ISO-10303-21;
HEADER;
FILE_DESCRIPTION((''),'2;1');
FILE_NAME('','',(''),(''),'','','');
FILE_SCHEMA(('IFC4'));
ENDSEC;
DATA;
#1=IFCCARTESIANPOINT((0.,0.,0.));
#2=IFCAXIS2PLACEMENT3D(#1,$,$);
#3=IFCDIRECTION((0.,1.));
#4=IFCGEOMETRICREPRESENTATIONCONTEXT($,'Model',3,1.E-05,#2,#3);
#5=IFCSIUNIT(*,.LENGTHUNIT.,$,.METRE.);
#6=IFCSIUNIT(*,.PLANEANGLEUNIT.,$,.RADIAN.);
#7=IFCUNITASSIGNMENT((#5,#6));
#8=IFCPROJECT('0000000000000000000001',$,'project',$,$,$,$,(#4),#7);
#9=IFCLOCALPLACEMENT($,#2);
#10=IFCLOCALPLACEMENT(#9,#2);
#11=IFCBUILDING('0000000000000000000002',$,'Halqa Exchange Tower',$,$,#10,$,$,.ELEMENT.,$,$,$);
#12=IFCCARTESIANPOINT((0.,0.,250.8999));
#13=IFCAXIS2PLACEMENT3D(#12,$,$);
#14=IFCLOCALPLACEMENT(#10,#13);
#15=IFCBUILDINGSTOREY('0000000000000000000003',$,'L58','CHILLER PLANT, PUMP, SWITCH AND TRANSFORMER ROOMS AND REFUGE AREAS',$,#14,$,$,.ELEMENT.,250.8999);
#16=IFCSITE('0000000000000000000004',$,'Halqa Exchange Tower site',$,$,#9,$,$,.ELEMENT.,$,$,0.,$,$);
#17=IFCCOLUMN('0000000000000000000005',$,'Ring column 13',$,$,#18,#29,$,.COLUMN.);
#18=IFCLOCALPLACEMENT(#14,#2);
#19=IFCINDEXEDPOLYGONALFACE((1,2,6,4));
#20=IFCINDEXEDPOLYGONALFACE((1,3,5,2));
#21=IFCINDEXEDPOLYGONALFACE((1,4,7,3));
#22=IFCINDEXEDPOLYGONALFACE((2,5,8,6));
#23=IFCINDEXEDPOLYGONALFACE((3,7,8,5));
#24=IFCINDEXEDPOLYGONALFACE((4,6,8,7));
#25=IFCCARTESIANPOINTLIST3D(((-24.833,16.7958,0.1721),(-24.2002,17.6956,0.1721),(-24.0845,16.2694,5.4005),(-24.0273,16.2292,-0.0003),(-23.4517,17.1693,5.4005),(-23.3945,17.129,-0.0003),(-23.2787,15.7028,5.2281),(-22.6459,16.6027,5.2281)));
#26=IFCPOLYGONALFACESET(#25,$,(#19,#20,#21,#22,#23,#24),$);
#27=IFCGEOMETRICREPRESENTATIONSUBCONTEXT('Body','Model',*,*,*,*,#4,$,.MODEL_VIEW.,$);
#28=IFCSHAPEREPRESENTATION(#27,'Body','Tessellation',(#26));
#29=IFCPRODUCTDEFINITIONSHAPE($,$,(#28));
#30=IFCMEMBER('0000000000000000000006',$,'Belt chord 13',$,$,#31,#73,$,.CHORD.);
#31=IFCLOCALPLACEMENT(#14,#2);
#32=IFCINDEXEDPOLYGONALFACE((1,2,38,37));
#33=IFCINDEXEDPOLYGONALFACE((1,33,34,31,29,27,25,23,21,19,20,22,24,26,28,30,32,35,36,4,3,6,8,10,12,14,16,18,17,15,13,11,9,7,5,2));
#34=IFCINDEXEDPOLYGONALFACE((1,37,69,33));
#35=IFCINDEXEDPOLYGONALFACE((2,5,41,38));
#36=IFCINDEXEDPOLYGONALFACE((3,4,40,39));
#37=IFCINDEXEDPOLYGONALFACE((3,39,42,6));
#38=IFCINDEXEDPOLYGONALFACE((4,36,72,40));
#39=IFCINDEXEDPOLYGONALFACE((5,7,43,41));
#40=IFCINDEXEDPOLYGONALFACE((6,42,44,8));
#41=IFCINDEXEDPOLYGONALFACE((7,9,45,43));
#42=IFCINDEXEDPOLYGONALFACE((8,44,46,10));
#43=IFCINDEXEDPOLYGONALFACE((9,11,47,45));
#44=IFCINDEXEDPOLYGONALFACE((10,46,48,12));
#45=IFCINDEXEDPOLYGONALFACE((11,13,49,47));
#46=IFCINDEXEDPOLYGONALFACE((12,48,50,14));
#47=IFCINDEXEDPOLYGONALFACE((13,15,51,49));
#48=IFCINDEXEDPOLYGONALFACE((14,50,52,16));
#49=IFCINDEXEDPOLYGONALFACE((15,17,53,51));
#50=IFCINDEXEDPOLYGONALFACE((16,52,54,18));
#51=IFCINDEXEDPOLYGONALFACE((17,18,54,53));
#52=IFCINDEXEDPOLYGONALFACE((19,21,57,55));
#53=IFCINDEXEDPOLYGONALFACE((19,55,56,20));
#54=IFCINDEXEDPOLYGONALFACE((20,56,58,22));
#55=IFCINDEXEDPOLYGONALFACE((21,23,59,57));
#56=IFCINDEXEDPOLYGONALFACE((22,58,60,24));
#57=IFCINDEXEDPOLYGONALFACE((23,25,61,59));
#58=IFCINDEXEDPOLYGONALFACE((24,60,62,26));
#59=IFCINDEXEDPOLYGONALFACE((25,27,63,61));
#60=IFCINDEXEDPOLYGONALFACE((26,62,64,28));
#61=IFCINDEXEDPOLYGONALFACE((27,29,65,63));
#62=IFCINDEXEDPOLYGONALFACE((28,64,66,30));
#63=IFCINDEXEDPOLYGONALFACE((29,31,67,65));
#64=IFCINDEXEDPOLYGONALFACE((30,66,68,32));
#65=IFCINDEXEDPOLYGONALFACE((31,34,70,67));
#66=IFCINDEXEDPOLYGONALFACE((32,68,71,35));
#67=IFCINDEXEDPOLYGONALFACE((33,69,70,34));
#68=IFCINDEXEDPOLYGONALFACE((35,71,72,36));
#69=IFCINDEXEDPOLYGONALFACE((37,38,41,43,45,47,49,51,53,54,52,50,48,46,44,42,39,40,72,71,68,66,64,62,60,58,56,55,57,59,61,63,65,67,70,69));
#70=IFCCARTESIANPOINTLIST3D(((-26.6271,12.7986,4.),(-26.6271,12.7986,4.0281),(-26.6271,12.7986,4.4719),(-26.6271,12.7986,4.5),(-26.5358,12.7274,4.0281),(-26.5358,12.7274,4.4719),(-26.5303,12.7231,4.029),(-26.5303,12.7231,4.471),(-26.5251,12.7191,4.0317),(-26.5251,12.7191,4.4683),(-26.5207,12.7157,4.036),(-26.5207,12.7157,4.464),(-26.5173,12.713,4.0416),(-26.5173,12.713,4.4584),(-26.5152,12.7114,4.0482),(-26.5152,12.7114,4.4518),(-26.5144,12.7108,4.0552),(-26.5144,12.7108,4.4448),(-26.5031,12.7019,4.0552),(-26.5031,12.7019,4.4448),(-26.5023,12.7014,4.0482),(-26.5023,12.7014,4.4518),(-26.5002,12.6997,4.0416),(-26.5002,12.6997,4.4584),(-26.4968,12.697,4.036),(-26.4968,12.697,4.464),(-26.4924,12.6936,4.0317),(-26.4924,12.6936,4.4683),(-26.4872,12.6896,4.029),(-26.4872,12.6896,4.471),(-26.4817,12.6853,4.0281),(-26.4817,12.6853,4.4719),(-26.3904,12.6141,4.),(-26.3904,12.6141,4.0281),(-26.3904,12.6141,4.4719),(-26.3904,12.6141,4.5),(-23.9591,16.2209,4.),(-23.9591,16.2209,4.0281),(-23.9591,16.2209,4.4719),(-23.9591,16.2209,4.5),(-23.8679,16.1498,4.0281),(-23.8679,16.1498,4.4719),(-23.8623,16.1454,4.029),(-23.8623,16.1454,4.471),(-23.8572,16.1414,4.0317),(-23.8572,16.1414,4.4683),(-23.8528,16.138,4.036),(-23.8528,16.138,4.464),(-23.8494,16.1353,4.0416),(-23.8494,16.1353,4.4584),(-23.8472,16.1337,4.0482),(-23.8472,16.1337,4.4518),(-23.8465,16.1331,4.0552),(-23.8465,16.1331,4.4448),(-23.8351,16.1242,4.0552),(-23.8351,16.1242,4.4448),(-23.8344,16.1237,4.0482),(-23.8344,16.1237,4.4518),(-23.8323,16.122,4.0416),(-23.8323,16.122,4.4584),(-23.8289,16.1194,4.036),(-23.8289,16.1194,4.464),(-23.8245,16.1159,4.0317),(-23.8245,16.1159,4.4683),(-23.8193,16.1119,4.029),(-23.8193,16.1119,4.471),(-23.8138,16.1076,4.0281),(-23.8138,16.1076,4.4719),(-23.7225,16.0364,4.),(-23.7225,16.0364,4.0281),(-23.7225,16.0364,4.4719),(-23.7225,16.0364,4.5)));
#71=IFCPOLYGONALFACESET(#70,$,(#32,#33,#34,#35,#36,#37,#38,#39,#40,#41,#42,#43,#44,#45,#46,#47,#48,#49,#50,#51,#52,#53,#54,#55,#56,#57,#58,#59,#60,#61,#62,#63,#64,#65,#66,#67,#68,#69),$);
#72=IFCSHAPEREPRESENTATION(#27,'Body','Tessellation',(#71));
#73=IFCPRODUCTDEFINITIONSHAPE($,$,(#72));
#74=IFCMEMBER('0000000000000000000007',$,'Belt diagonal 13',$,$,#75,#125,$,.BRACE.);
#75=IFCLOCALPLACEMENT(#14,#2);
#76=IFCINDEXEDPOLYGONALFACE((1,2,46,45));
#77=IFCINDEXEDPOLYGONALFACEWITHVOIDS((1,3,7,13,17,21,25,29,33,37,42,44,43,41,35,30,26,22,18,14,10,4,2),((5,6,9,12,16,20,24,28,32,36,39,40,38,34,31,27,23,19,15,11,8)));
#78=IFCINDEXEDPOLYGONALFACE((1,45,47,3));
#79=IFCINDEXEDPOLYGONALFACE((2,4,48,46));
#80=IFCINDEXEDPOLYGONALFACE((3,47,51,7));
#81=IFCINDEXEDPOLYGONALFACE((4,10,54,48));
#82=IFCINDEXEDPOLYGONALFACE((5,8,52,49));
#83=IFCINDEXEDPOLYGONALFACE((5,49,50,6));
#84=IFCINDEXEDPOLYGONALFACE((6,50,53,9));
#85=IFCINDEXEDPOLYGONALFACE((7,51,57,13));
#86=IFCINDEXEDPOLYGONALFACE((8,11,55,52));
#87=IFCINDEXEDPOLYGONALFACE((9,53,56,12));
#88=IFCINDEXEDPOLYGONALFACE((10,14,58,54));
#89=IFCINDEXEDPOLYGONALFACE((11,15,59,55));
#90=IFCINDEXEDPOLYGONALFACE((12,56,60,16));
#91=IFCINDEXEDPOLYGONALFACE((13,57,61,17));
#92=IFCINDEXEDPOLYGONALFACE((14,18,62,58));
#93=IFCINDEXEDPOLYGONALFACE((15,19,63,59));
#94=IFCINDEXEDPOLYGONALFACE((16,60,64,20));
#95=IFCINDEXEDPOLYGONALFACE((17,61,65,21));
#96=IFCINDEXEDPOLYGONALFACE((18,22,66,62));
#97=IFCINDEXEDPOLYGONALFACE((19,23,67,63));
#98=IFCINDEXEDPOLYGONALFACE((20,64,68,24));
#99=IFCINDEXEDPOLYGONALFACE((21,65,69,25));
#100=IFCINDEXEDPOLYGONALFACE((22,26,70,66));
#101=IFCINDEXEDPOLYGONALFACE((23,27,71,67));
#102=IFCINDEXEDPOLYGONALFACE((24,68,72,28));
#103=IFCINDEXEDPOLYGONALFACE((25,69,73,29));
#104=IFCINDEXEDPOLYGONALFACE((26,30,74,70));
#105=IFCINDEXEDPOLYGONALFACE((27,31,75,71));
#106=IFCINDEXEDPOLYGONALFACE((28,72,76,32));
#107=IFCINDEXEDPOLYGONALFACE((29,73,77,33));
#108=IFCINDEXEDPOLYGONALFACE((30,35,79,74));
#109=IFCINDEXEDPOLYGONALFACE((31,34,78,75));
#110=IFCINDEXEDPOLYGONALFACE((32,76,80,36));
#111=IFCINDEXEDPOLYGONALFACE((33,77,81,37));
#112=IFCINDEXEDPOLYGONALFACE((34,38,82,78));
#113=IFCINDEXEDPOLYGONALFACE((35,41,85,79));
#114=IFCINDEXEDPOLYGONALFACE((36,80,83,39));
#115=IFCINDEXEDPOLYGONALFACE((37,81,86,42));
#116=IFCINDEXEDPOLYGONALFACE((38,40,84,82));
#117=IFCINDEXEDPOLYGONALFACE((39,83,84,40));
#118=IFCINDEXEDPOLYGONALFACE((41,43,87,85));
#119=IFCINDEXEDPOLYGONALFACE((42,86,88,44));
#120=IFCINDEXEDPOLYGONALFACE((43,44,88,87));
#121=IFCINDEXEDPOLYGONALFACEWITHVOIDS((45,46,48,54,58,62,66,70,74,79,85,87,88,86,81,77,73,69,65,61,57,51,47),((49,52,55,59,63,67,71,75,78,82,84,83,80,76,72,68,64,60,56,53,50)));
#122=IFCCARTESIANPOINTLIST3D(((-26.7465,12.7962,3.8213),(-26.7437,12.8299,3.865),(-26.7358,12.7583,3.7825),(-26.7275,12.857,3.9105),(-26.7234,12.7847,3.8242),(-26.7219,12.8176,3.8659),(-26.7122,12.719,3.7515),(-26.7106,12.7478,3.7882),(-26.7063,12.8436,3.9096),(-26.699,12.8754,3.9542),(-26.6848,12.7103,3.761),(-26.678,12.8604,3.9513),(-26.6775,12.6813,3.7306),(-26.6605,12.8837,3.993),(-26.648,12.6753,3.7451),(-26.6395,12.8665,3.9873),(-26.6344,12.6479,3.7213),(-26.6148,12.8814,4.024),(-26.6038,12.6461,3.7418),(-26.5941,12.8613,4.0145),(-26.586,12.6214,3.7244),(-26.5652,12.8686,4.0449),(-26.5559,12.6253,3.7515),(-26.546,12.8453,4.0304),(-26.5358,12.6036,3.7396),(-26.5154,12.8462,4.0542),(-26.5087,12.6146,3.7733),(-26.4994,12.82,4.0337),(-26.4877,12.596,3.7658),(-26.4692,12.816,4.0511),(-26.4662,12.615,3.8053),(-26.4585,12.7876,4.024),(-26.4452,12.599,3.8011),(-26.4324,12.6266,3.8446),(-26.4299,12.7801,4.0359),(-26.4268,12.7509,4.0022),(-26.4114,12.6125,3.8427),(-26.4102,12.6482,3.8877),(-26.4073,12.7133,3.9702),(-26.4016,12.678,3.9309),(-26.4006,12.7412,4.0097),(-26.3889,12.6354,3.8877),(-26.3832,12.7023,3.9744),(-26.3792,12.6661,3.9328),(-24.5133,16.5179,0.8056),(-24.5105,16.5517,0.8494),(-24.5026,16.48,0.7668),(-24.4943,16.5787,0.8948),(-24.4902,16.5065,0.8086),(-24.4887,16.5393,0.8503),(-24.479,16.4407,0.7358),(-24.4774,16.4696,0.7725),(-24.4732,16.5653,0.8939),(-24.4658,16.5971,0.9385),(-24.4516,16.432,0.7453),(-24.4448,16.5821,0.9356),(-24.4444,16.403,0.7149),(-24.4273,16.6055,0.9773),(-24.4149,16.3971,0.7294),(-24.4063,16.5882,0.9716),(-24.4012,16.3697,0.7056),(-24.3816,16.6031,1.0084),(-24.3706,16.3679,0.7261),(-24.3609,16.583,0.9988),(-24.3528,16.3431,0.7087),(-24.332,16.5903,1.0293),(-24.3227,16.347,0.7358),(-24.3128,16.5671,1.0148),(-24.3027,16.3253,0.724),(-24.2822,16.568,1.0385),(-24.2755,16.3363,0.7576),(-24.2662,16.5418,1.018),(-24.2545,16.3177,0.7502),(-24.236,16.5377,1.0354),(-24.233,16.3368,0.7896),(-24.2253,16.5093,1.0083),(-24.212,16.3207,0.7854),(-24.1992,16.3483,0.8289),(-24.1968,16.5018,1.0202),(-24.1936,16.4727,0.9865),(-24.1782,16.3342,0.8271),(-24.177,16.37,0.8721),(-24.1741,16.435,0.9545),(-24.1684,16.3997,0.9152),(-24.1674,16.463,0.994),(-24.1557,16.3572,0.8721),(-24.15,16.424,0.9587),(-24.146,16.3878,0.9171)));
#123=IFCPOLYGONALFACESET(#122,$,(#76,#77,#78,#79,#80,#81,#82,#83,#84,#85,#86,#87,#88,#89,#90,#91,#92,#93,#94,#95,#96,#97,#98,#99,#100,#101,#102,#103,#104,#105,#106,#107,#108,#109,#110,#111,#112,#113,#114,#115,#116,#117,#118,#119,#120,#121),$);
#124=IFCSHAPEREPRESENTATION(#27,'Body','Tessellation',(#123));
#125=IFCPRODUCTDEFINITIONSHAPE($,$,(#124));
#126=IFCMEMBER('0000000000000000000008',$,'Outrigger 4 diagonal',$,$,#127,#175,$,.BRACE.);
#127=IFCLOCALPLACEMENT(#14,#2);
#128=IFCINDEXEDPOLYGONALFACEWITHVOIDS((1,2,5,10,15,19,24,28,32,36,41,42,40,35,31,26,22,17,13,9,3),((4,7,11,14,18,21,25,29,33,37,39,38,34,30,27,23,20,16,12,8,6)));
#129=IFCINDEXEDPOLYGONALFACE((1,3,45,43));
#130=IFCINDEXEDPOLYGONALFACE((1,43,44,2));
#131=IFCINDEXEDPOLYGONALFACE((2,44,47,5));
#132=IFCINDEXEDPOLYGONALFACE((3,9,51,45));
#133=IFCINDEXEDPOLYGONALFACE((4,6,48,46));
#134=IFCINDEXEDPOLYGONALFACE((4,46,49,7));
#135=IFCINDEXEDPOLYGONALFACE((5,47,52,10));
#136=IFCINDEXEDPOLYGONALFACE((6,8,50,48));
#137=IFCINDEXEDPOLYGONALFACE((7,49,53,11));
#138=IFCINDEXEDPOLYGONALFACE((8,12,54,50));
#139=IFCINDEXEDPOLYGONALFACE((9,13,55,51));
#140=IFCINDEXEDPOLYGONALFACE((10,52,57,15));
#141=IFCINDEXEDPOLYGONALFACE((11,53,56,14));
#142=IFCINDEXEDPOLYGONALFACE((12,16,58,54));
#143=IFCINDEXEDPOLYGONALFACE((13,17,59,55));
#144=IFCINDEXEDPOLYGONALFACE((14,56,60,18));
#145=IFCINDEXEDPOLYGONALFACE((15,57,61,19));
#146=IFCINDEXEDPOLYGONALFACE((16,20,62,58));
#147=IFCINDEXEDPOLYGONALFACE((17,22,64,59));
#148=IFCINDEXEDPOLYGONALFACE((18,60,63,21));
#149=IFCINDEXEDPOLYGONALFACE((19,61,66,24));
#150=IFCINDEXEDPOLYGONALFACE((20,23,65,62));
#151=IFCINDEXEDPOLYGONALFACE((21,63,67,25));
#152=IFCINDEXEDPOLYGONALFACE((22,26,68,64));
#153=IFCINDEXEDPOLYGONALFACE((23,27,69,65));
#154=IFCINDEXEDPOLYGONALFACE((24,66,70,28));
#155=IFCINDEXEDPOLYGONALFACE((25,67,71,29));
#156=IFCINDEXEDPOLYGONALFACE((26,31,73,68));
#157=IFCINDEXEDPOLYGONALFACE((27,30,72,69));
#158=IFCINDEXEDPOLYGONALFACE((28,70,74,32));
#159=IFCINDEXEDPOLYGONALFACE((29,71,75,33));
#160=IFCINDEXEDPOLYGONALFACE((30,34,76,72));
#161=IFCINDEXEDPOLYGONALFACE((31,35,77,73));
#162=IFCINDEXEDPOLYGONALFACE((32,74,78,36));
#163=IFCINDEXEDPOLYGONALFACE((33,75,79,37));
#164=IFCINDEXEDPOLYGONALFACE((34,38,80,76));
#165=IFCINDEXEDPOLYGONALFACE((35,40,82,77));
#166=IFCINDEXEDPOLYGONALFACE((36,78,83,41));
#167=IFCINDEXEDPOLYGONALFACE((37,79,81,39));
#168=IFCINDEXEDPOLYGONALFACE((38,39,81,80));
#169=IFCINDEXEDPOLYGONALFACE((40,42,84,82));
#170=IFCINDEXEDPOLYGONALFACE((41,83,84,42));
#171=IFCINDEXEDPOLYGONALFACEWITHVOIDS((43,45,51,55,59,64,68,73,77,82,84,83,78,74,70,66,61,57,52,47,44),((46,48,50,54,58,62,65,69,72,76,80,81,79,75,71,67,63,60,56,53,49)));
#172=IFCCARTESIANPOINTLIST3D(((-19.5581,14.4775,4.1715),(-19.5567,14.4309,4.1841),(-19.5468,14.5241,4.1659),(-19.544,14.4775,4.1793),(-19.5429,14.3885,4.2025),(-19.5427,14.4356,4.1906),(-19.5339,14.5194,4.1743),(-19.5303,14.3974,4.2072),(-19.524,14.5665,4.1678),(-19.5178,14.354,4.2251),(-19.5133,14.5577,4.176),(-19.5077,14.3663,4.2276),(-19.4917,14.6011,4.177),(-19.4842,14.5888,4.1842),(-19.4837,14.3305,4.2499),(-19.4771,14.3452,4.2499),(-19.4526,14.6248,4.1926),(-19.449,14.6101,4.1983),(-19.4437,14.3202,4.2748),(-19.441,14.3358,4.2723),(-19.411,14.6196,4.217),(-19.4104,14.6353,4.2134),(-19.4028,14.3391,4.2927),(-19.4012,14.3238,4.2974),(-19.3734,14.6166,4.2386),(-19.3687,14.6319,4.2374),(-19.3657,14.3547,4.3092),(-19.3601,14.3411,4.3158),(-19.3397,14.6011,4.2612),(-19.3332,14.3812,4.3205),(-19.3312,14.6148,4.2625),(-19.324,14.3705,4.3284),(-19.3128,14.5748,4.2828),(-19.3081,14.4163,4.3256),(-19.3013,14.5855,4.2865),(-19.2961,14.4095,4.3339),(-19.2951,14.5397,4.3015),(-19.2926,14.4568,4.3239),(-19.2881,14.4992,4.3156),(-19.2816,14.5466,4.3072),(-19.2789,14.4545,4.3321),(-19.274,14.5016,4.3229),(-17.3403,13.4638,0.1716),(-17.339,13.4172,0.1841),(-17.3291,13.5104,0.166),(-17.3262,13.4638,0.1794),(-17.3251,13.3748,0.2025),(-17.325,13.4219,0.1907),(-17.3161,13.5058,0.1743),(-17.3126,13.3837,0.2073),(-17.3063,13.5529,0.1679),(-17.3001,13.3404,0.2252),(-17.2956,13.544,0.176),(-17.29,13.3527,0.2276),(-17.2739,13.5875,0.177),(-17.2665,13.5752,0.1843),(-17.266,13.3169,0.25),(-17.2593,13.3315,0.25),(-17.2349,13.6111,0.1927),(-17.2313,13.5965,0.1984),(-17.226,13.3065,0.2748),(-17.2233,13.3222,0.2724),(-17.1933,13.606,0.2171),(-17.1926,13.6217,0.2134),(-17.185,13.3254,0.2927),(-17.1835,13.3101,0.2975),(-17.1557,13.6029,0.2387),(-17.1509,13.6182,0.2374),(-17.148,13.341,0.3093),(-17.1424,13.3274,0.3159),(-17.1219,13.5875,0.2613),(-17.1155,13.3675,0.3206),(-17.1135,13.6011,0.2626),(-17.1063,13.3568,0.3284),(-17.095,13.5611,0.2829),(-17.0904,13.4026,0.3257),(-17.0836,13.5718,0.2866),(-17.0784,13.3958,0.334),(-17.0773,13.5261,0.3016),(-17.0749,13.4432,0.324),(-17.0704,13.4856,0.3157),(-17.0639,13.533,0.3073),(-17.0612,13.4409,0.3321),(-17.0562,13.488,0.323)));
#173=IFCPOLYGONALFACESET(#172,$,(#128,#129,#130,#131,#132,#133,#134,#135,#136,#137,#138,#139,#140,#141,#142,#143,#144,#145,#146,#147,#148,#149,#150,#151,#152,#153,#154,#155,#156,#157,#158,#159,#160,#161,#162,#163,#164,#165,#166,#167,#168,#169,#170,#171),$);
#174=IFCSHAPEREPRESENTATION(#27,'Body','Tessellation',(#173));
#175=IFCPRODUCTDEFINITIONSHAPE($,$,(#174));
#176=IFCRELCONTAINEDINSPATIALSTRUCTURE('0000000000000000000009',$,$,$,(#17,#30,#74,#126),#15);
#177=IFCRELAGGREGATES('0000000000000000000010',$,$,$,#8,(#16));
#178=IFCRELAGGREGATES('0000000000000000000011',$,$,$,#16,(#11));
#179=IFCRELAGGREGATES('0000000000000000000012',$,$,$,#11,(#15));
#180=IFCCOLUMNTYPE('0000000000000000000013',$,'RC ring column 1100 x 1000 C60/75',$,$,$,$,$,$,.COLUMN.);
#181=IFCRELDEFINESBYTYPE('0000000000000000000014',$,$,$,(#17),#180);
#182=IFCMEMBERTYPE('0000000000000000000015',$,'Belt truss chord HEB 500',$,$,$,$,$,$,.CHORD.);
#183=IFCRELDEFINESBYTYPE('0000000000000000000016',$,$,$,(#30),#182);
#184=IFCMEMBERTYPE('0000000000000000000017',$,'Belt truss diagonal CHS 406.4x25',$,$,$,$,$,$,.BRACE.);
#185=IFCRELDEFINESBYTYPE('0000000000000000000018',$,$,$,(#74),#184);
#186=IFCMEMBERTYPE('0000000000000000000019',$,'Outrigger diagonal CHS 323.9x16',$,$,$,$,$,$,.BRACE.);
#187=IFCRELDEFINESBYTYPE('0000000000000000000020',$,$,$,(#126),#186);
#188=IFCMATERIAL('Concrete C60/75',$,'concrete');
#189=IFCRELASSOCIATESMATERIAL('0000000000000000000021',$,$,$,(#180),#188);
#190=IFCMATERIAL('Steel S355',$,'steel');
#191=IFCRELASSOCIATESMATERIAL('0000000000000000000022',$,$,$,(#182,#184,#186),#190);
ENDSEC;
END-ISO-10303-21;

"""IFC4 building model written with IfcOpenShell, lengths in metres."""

from ifc_helpers import new_model, si_unit, direction, frame, origin, origin_2d, place, context, subcontext, project, spatial, rectangle, hollow_circle, i_section, extrude, material, material_profile, profile_set, type_object, element, save


model = new_model("IFC4")

# Units and contexts
model_context = context("Model", 3, precision=1e-05, world=origin(), true_north=direction((0.0, 1.0)))
body_context = subcontext(model_context, "Body", "Model", "MODEL_VIEW")
ifc_project = project(units=[si_unit("LENGTHUNIT", "METRE"), si_unit("PLANEANGLEUNIT", "RADIAN")], contexts=[model_context])

# Site, building, storey
site_placement = place(None, origin())
site = spatial("IfcSite", under=ifc_project, at=site_placement, Name="Halqa Exchange Tower site", CompositionType="ELEMENT", RefElevation=0.0)
building_placement = place(site_placement, origin())
building = spatial("IfcBuilding", under=site, at=building_placement, Name="Halqa Exchange Tower", CompositionType="ELEMENT")
storey_placement = place(building_placement, frame((0.0, 0.0, 250.8999)))
storey = spatial("IfcBuildingStorey", under=building, at=storey_placement, Name="L58", Description="CHILLER PLANT, PUMP, SWITCH AND TRANSFORMER ROOMS AND REFUGE AREAS", CompositionType="ELEMENT", Elevation=250.8999)

# Column
ifc_material_1 = material(Name="Concrete C60/75", Category="concrete")
ifc_material_profile_1 = material_profile(ifc_material_1, rectangle(XDim=1.1001, YDim=1.0, at=origin_2d()), Name="1100 x 1000")
ifc_profile_set_1 = profile_set([ifc_material_profile_1], Name="Concrete C60/75")
column_type = type_object("IfcColumnType", Name="RC ring column 1100 x 1000 C60/75", PredefinedType="COLUMN", material=ifc_profile_set_1)
column_placement = place(storey_placement, frame((-24.1138, 16.9624, 0.0859), z_axis=(0.141027, -0.09917, 0.985026), x_axis=(0.575216, 0.818002, 0.0)))
element("IfcColumn", 1, at=column_placement, inside=storey, type_object=column_type, Name="Ring column 13", PredefinedType="COLUMN", context=body_context, shape_type="SweptSolid", body=[
    extrude(rectangle(XDim=1.1001, YDim=1.0, at=origin_2d()), origin(), (0.0, 0.0, 1.0), 5.3079),
])

# Members
ifc_material_2 = material(Name="Steel S355", Category="steel")
ifc_material_profile_2 = material_profile(ifc_material_2, i_section(OverallWidth=0.3, OverallDepth=0.5, WebThickness=0.0144, FlangeThickness=0.0281, FilletRadius=0.0271, at=origin_2d()), Name="HEB 500")
ifc_profile_set_2 = profile_set([ifc_material_profile_2], Name="Steel S355")
member_type_1 = type_object("IfcMemberType", Name="Belt truss chord HEB 500", PredefinedType="CHORD", material=ifc_profile_set_2)
member_1_placement = place(storey_placement, frame((-23.8408, 16.1287, 4.25), z_axis=(-0.614821, -0.788667, 0.0), x_axis=(0.788667, -0.614821, 0.0)))
element("IfcMember", 2, at=member_1_placement, inside=storey, type_object=member_type_1, Name="Belt chord 13", PredefinedType="CHORD", context=body_context, shape_type="SweptSolid", body=[
    extrude(i_section(OverallWidth=0.3, OverallDepth=0.5, WebThickness=0.0144, FlangeThickness=0.0281, FilletRadius=0.0271, at=origin_2d()), origin(), (0.0, 0.0, 1.0), 4.3394),
])
ifc_material_profile_3 = material_profile(ifc_material_2, hollow_circle(Radius=0.2031, WallThickness=0.0249, at=origin_2d()), Name="CHS 406.4x25")
ifc_profile_set_3 = profile_set([ifc_material_profile_3], Name="Steel S355")
member_type_2 = type_object("IfcMemberType", Name="Belt truss diagonal CHS 406.4x25", PredefinedType="BRACE", material=ifc_profile_set_3)
member_2_placement = place(storey_placement, frame((-24.3298, 16.4617, 0.8721), z_axis=(-0.422541, -0.704189, 0.570594), x_axis=(0.857478, -0.514521, 0.0)))
element("IfcMember", 3, at=member_2_placement, inside=storey, type_object=member_type_2, Name="Belt diagonal 13", PredefinedType="BRACE", context=body_context, shape_type="SweptSolid", body=[
    extrude(hollow_circle(Radius=0.2031, WallThickness=0.0249, at=origin_2d()), origin(), (0.0, 0.0, 1.0), 5.2852),
])
ifc_material_profile_4 = material_profile(ifc_material_2, hollow_circle(Radius=0.1619, WallThickness=0.0161, at=origin_2d()), Name="CHS 323.9x16")
ifc_profile_set_4 = profile_set([ifc_material_profile_4], Name="Steel S355")
member_type_3 = type_object("IfcMemberType", Name="Outrigger diagonal CHS 323.9x16", PredefinedType="BRACE", material=ifc_profile_set_4)
member_3_placement = place(storey_placement, frame((-17.1987, 13.4641, 0.25), z_axis=(-0.473412, 0.216381, 0.85385), x_axis=(-0.415703, -0.9095, 0.0)))
element("IfcMember", 4, at=member_3_placement, inside=storey, type_object=member_type_3, Name="Outrigger 4 diagonal", PredefinedType="BRACE", context=body_context, shape_type="SweptSolid", body=[
    extrude(hollow_circle(Radius=0.1619, WallThickness=0.0161, at=origin_2d()), origin(), (0.0, 0.0, 1.0), 4.6846),
])

save(model, "model.ifc")
